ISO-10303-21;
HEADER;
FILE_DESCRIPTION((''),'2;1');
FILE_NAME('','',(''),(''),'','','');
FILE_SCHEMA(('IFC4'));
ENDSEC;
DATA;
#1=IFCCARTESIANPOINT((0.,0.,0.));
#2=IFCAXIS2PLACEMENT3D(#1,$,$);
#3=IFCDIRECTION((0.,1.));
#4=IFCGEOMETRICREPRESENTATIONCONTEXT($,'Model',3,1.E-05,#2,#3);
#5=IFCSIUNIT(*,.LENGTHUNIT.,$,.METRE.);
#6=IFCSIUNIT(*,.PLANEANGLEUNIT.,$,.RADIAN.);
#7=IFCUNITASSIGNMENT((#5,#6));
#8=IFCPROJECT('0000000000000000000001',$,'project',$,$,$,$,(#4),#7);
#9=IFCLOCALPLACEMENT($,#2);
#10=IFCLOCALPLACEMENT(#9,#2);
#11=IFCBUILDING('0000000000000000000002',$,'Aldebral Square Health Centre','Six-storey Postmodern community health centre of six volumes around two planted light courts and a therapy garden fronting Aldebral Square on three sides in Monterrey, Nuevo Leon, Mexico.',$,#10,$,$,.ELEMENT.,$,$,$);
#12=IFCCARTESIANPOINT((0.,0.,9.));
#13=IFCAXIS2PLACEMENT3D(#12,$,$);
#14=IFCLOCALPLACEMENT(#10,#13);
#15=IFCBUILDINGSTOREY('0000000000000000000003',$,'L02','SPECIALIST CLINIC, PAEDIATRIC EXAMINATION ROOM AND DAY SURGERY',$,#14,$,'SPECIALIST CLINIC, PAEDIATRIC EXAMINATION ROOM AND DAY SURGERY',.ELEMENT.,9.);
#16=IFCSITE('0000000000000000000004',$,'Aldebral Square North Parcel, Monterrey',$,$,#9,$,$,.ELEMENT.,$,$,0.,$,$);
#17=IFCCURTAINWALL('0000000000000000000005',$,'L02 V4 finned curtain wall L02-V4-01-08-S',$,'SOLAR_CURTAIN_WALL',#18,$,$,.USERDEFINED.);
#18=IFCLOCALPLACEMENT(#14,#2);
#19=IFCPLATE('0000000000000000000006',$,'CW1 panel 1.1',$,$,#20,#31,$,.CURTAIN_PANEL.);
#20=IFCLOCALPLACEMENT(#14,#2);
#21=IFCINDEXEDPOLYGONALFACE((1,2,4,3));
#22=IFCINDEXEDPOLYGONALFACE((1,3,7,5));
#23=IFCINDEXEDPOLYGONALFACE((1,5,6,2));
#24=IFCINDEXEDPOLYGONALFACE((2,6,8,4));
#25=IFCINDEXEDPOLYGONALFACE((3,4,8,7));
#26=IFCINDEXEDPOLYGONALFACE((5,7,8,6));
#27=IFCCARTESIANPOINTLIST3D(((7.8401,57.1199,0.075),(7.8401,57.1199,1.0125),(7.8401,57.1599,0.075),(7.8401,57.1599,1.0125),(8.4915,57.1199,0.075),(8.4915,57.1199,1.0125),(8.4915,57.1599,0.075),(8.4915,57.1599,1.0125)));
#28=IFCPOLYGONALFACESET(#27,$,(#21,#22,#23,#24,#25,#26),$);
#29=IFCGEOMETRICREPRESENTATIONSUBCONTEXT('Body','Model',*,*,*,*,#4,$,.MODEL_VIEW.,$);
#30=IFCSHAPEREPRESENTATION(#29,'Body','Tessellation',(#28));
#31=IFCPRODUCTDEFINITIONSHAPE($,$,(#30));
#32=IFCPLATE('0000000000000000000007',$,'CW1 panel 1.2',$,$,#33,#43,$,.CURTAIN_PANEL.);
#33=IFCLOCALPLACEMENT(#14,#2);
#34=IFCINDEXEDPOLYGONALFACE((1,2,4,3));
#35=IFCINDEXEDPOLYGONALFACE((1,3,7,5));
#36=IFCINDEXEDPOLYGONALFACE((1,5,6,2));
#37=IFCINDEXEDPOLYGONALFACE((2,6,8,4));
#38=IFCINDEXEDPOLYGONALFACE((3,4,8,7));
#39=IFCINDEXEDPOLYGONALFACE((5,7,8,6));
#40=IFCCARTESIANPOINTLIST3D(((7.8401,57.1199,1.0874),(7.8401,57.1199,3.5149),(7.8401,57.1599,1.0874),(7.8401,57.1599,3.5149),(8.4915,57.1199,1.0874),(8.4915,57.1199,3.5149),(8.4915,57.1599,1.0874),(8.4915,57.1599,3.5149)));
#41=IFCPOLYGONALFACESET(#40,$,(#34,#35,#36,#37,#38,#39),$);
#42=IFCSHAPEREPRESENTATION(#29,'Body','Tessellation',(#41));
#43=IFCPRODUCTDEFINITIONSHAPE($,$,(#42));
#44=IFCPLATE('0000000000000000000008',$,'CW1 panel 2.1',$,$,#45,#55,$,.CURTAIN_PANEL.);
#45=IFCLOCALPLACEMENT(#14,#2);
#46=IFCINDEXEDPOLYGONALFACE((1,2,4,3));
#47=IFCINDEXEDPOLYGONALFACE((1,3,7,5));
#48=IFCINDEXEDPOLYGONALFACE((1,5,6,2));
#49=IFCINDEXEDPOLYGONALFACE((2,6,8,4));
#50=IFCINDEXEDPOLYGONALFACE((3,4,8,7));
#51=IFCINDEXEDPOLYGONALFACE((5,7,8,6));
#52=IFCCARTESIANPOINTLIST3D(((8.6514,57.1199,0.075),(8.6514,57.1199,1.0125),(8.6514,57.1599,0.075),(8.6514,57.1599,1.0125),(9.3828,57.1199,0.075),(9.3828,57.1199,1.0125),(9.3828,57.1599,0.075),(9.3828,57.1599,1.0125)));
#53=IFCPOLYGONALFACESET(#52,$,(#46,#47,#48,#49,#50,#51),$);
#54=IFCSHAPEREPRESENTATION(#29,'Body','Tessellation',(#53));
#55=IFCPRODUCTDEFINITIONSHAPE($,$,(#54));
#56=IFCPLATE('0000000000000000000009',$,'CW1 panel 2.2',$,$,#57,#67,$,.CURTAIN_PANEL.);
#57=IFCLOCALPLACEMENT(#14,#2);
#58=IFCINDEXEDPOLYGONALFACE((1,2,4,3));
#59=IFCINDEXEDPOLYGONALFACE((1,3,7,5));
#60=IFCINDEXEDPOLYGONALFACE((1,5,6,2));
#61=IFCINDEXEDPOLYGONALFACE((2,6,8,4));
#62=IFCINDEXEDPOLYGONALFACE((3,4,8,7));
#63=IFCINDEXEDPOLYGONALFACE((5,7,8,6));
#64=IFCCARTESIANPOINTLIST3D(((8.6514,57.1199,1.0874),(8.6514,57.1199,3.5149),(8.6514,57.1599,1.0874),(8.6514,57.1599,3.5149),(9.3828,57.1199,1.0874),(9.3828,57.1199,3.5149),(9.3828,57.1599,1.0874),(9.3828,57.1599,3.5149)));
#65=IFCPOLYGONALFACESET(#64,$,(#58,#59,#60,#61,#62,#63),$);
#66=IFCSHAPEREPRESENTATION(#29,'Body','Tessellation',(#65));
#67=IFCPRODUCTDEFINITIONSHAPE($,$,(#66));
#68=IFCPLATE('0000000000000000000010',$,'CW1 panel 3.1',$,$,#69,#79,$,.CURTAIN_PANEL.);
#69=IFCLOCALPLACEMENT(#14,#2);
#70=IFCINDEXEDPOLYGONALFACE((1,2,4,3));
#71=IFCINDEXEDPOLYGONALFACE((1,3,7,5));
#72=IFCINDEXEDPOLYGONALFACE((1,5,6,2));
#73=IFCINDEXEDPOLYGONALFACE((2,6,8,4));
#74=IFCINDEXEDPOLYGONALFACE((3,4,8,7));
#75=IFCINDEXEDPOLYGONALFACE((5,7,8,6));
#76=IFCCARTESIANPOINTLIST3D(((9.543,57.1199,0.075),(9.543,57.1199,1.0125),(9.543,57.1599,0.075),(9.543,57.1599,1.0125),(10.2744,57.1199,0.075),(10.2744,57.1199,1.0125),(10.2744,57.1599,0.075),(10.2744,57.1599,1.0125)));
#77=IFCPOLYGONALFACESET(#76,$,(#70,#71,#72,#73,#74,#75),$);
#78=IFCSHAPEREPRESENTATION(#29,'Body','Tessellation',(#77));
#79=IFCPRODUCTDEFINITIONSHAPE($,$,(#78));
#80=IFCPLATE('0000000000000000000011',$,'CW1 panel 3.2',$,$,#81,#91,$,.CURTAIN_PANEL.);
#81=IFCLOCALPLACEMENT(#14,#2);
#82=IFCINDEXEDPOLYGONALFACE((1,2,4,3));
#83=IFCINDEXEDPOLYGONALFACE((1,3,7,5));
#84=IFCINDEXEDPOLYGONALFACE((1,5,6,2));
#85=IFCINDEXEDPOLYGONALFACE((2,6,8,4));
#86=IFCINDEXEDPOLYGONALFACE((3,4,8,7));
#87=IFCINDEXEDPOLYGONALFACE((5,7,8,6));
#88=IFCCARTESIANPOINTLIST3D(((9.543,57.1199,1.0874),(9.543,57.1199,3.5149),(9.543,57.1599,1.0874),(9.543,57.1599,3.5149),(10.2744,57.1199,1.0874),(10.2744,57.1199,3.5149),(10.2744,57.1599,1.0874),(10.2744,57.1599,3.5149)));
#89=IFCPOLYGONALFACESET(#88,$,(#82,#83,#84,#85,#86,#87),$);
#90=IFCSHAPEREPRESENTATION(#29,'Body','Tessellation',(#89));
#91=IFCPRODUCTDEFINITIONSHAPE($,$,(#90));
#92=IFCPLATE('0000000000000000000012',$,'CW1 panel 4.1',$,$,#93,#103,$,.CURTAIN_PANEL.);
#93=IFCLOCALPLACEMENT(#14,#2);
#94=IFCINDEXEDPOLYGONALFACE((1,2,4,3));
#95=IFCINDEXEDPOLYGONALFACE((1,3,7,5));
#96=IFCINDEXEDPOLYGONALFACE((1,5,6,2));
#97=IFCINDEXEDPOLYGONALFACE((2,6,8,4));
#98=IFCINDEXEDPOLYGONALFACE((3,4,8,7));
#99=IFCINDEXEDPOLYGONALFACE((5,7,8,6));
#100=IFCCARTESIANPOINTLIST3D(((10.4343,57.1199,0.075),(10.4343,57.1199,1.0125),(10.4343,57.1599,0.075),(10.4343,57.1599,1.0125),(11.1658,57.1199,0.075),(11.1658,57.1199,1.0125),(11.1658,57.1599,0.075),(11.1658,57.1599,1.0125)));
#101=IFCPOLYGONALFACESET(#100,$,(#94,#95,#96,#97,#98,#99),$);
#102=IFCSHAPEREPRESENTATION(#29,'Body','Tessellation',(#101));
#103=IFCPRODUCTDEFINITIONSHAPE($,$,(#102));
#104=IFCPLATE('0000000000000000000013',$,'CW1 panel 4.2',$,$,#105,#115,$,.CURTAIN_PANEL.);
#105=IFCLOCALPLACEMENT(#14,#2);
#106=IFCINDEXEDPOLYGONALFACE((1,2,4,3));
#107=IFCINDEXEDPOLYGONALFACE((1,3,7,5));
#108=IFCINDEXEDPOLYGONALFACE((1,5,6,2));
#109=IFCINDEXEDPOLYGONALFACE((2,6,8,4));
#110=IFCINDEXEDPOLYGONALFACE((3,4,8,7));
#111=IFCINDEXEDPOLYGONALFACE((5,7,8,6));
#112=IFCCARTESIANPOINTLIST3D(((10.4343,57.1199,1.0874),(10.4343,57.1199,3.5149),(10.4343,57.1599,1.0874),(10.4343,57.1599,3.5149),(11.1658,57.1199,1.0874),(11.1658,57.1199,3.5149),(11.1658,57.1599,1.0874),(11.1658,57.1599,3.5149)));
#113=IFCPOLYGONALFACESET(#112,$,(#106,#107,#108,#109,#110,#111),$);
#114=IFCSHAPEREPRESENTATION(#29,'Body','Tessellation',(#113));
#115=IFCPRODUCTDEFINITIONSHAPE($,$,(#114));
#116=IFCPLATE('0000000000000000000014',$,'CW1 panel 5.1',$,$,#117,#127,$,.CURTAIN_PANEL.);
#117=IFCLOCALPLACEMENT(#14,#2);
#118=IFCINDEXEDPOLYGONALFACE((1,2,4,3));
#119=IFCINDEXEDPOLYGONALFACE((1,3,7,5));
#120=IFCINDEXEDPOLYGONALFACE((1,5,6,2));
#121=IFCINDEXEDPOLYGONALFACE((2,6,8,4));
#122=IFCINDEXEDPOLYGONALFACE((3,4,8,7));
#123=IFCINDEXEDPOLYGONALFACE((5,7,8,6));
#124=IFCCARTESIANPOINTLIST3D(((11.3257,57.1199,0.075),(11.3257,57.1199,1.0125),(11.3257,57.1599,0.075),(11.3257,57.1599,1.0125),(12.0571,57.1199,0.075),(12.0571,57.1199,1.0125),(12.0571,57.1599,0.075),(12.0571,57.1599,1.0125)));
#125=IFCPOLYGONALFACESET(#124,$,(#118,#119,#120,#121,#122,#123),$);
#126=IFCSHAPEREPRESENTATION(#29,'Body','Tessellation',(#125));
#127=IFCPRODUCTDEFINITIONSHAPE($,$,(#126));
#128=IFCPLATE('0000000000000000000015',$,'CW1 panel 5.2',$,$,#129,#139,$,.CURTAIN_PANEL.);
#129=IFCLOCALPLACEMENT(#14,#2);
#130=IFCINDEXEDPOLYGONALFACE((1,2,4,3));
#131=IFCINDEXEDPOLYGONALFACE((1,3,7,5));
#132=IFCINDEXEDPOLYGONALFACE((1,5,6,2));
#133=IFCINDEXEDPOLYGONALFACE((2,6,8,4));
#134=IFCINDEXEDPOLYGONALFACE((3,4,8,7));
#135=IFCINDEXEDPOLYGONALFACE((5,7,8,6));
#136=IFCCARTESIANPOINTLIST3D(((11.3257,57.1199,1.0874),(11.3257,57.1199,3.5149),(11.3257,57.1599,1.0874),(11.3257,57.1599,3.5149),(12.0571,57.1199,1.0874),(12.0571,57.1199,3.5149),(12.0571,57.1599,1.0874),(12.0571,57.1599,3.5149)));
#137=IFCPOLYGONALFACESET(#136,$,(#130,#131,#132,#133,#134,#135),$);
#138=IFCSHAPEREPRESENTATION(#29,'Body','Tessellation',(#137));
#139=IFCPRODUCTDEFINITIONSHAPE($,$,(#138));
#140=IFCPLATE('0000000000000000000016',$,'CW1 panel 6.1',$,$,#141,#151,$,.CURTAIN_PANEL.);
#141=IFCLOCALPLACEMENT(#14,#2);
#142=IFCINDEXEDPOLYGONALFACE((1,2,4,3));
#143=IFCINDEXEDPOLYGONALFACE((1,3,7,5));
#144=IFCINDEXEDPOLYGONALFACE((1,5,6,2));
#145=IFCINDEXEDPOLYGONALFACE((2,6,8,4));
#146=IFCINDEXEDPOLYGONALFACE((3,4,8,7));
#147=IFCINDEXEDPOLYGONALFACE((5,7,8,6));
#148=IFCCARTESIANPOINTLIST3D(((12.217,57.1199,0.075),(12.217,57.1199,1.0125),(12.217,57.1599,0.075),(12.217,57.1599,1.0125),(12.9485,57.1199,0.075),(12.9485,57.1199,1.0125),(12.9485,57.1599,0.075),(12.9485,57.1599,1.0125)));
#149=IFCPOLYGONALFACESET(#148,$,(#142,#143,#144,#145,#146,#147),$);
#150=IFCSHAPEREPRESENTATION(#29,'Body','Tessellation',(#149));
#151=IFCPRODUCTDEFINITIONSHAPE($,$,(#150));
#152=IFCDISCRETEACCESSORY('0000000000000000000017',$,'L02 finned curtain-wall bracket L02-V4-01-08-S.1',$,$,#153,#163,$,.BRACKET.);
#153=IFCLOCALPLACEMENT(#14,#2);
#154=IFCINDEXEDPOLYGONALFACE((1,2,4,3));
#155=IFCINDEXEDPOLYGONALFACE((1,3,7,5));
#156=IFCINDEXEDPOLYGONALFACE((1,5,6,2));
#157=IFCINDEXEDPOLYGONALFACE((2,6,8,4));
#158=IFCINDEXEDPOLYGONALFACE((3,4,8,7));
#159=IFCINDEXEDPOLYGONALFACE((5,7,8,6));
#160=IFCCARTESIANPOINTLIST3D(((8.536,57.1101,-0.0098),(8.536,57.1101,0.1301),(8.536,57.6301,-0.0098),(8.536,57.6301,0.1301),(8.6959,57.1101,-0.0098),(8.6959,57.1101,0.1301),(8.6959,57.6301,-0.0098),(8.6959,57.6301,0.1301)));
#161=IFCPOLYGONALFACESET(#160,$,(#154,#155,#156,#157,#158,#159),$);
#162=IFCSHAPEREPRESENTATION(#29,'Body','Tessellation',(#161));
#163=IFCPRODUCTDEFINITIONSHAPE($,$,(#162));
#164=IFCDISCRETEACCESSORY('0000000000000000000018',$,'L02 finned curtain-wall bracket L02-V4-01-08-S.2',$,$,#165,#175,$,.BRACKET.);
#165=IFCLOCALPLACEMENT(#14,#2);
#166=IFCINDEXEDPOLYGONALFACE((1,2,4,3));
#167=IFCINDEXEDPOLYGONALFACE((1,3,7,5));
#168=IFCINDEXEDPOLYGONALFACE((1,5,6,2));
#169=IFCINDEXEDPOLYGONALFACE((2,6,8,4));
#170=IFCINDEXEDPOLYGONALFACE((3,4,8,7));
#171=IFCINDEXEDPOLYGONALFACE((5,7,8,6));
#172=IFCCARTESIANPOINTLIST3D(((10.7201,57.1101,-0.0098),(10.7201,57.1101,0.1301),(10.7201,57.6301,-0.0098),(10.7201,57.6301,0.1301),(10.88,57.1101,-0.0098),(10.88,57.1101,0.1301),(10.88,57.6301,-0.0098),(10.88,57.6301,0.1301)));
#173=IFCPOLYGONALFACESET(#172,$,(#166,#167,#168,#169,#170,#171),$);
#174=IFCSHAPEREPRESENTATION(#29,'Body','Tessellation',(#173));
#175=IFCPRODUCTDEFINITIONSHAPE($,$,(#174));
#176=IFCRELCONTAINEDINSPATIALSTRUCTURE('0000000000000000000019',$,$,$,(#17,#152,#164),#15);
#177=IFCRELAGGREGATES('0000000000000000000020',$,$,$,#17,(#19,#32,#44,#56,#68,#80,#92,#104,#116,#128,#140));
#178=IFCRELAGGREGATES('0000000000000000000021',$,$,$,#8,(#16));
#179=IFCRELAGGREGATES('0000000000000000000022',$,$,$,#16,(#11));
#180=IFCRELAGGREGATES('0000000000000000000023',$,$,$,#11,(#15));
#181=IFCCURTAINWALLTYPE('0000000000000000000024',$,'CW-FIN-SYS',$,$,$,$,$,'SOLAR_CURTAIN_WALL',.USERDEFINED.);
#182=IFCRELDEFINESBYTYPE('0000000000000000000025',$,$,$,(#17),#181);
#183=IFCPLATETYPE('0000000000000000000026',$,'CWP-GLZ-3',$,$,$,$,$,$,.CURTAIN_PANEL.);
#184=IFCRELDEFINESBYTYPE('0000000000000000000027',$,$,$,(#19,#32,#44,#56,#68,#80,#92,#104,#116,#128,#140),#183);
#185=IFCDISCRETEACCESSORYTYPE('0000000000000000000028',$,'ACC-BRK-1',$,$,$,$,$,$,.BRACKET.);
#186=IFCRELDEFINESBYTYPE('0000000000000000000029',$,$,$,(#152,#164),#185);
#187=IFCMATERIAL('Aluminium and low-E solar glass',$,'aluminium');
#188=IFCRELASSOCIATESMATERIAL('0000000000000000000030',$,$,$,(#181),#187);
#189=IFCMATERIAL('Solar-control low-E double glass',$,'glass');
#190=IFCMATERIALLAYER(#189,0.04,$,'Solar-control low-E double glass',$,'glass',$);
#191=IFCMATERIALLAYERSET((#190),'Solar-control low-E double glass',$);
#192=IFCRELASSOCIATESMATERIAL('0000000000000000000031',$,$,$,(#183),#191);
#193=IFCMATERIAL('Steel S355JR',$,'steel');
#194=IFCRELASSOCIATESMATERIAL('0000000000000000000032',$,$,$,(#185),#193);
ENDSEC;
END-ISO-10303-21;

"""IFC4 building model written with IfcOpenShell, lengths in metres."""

from ifc_helpers import new_model, si_unit, direction, frame, origin, origin_2d, place, context, subcontext, project, spatial, rectangle, extrude, material, layer, layer_set, type_object, element, aggregate, save


model = new_model("IFC4")

# Units and contexts
model_context = context("Model", 3, precision=1e-05, world=origin(), true_north=direction((0.0, 1.0)))
body_context = subcontext(model_context, "Body", "Model", "MODEL_VIEW")
ifc_project = project(units=[si_unit("LENGTHUNIT", "METRE"), si_unit("PLANEANGLEUNIT", "RADIAN")], contexts=[model_context])

# Site, building, storey
site_placement = place(None, origin())
site = spatial("IfcSite", under=ifc_project, at=site_placement, Name="Aldebral Square North Parcel, Monterrey", CompositionType="ELEMENT", RefElevation=0.0)
building_placement = place(site_placement, origin())
building = spatial("IfcBuilding", under=site, at=building_placement, Name="Aldebral Square Health Centre", Description="Six-storey Postmodern community health centre of six volumes around two planted light courts and a therapy garden fronting Aldebral Square on three sides in Monterrey, Nuevo Leon, Mexico.", CompositionType="ELEMENT")
storey_placement = place(building_placement, frame((0.0, 0.0, 9.0)))
storey = spatial("IfcBuildingStorey", under=building, at=storey_placement, Name="L02", Description="SPECIALIST CLINIC, PAEDIATRIC EXAMINATION ROOM AND DAY SURGERY", LongName="SPECIALIST CLINIC, PAEDIATRIC EXAMINATION ROOM AND DAY SURGERY", CompositionType="ELEMENT", Elevation=9.0)

# Curtain wall, plates
ifc_material_1 = material(Name="Aluminium and low-E solar glass", Category="aluminium")
curtain_wall_type = type_object("IfcCurtainWallType", Name="CW-FIN-SYS", ElementType="SOLAR_CURTAIN_WALL", PredefinedType="USERDEFINED", material=ifc_material_1)
curtain_wall_placement = place(storey_placement, origin())
curtain_wall = element("IfcCurtainWall", 1, at=curtain_wall_placement, inside=storey, type_object=curtain_wall_type, Name="L02 V4 finned curtain wall L02-V4-01-08-S", ObjectType="SOLAR_CURTAIN_WALL", PredefinedType="USERDEFINED")
ifc_material_2 = material(Name="Solar-control low-E double glass", Category="glass")
ifc_layer = layer(ifc_material_2, 0.04, Name="Solar-control low-E double glass", Category="glass")
ifc_layer_set = layer_set([ifc_layer], Name="Solar-control low-E double glass")
plate_type = type_object("IfcPlateType", Name="CWP-GLZ-3", PredefinedType="CURTAIN_PANEL", material=ifc_layer_set)
plate_1_placement = place(storey_placement, frame((8.1658, 57.1399, 0.075), z_axis=(0.0, 0.0, 1.0), x_axis=(1.0, 0.0, 0.0)))
plate_1 = element("IfcPlate", 2, at=plate_1_placement, type_object=plate_type, Name="CW1 panel 1.1", PredefinedType="CURTAIN_PANEL", context=body_context, shape_type="SweptSolid", body=[
    extrude(rectangle(XDim=0.6514, YDim=0.04, at=origin_2d()), origin(), (0.0, 0.0, 1.0), 0.9375),
])
plate_2_placement = place(storey_placement, frame((8.1658, 57.1399, 1.0874), z_axis=(0.0, 0.0, 1.0), x_axis=(1.0, 0.0, 0.0)))
plate_2 = element("IfcPlate", 3, at=plate_2_placement, type_object=plate_type, Name="CW1 panel 1.2", PredefinedType="CURTAIN_PANEL", context=body_context, shape_type="SweptSolid", body=[
    extrude(rectangle(XDim=0.6514, YDim=0.04, at=origin_2d()), origin(), (0.0, 0.0, 1.0), 2.4275),
])
plate_3_placement = place(storey_placement, frame((9.0171, 57.1399, 0.075), z_axis=(0.0, 0.0, 1.0), x_axis=(1.0, 0.0, 0.0)))
plate_3 = element("IfcPlate", 4, at=plate_3_placement, type_object=plate_type, Name="CW1 panel 2.1", PredefinedType="CURTAIN_PANEL", context=body_context, shape_type="SweptSolid", body=[
    extrude(rectangle(XDim=0.7314, YDim=0.04, at=origin_2d()), origin(), (0.0, 0.0, 1.0), 0.9375),
])
plate_4_placement = place(storey_placement, frame((9.0171, 57.1399, 1.0874), z_axis=(0.0, 0.0, 1.0), x_axis=(1.0, 0.0, 0.0)))
plate_4 = element("IfcPlate", 5, at=plate_4_placement, type_object=plate_type, Name="CW1 panel 2.2", PredefinedType="CURTAIN_PANEL", context=body_context, shape_type="SweptSolid", body=[
    extrude(rectangle(XDim=0.7314, YDim=0.04, at=origin_2d()), origin(), (0.0, 0.0, 1.0), 2.4275),
])
plate_5_placement = place(storey_placement, frame((9.9087, 57.1399, 0.075), z_axis=(0.0, 0.0, 1.0), x_axis=(1.0, 0.0, 0.0)))
plate_5 = element("IfcPlate", 6, at=plate_5_placement, type_object=plate_type, Name="CW1 panel 3.1", PredefinedType="CURTAIN_PANEL", context=body_context, shape_type="SweptSolid", body=[
    extrude(rectangle(XDim=0.7314, YDim=0.04, at=origin_2d()), origin(), (0.0, 0.0, 1.0), 0.9375),
])
plate_6_placement = place(storey_placement, frame((9.9087, 57.1399, 1.0874), z_axis=(0.0, 0.0, 1.0), x_axis=(1.0, 0.0, 0.0)))
plate_6 = element("IfcPlate", 7, at=plate_6_placement, type_object=plate_type, Name="CW1 panel 3.2", PredefinedType="CURTAIN_PANEL", context=body_context, shape_type="SweptSolid", body=[
    extrude(rectangle(XDim=0.7314, YDim=0.04, at=origin_2d()), origin(), (0.0, 0.0, 1.0), 2.4275),
])
plate_7_placement = place(storey_placement, frame((10.8, 57.1399, 0.075), z_axis=(0.0, 0.0, 1.0), x_axis=(1.0, 0.0, 0.0)))
plate_7 = element("IfcPlate", 8, at=plate_7_placement, type_object=plate_type, Name="CW1 panel 4.1", PredefinedType="CURTAIN_PANEL", context=body_context, shape_type="SweptSolid", body=[
    extrude(rectangle(XDim=0.7314, YDim=0.04, at=origin_2d()), origin(), (0.0, 0.0, 1.0), 0.9375),
])
plate_8_placement = place(storey_placement, frame((10.8, 57.1399, 1.0874), z_axis=(0.0, 0.0, 1.0), x_axis=(1.0, 0.0, 0.0)))
plate_8 = element("IfcPlate", 9, at=plate_8_placement, type_object=plate_type, Name="CW1 panel 4.2", PredefinedType="CURTAIN_PANEL", context=body_context, shape_type="SweptSolid", body=[
    extrude(rectangle(XDim=0.7314, YDim=0.04, at=origin_2d()), origin(), (0.0, 0.0, 1.0), 2.4275),
])
plate_9_placement = place(storey_placement, frame((11.6914, 57.1399, 0.075), z_axis=(0.0, 0.0, 1.0), x_axis=(1.0, 0.0, 0.0)))
plate_9 = element("IfcPlate", 10, at=plate_9_placement, type_object=plate_type, Name="CW1 panel 5.1", PredefinedType="CURTAIN_PANEL", context=body_context, shape_type="SweptSolid", body=[
    extrude(rectangle(XDim=0.7314, YDim=0.04, at=origin_2d()), origin(), (0.0, 0.0, 1.0), 0.9375),
])
plate_10_placement = place(storey_placement, frame((11.6914, 57.1399, 1.0874), z_axis=(0.0, 0.0, 1.0), x_axis=(1.0, 0.0, 0.0)))
plate_10 = element("IfcPlate", 11, at=plate_10_placement, type_object=plate_type, Name="CW1 panel 5.2", PredefinedType="CURTAIN_PANEL", context=body_context, shape_type="SweptSolid", body=[
    extrude(rectangle(XDim=0.7314, YDim=0.04, at=origin_2d()), origin(), (0.0, 0.0, 1.0), 2.4275),
])
plate_11_placement = place(storey_placement, frame((12.5828, 57.1399, 0.075), z_axis=(0.0, 0.0, 1.0), x_axis=(1.0, 0.0, 0.0)))
plate_11 = element("IfcPlate", 12, at=plate_11_placement, type_object=plate_type, Name="CW1 panel 6.1", PredefinedType="CURTAIN_PANEL", context=body_context, shape_type="SweptSolid", body=[
    extrude(rectangle(XDim=0.7314, YDim=0.04, at=origin_2d()), origin(), (0.0, 0.0, 1.0), 0.9375),
])
aggregate(curtain_wall, [plate_1, plate_2, plate_3, plate_4, plate_5, plate_6, plate_7, plate_8, plate_9, plate_10, plate_11])

# Discrete accessories
ifc_material_3 = material(Name="Steel S355JR", Category="steel")
discrete_accessory_type = type_object("IfcDiscreteAccessoryType", Name="ACC-BRK-1", PredefinedType="BRACKET", material=ifc_material_3)
for number, where, z_axis, x_axis, name in (
    (13, (8.616, 57.3701, -0.0098), (0.0, 0.0, 1.0), (1.0, 0.0, 0.0), "L02 finned curtain-wall bracket L02-V4-01-08-S.1"),
    (14, (10.8, 57.3701, -0.0098), (0.0, 0.0, 1.0), (1.0, 0.0, 0.0), "L02 finned curtain-wall bracket L02-V4-01-08-S.2"),
):
    element("IfcDiscreteAccessory", number, at=place(storey_placement, frame(where, z_axis=z_axis, x_axis=x_axis)), inside=storey, type_object=discrete_accessory_type, Name=name, PredefinedType="BRACKET", context=body_context, shape_type="SweptSolid", body=[
        extrude(rectangle(XDim=0.1599, YDim=0.52, at=origin_2d()), origin(), (0.0, 0.0, 1.0), 0.1399),
    ])

save(model, "model.ifc")
